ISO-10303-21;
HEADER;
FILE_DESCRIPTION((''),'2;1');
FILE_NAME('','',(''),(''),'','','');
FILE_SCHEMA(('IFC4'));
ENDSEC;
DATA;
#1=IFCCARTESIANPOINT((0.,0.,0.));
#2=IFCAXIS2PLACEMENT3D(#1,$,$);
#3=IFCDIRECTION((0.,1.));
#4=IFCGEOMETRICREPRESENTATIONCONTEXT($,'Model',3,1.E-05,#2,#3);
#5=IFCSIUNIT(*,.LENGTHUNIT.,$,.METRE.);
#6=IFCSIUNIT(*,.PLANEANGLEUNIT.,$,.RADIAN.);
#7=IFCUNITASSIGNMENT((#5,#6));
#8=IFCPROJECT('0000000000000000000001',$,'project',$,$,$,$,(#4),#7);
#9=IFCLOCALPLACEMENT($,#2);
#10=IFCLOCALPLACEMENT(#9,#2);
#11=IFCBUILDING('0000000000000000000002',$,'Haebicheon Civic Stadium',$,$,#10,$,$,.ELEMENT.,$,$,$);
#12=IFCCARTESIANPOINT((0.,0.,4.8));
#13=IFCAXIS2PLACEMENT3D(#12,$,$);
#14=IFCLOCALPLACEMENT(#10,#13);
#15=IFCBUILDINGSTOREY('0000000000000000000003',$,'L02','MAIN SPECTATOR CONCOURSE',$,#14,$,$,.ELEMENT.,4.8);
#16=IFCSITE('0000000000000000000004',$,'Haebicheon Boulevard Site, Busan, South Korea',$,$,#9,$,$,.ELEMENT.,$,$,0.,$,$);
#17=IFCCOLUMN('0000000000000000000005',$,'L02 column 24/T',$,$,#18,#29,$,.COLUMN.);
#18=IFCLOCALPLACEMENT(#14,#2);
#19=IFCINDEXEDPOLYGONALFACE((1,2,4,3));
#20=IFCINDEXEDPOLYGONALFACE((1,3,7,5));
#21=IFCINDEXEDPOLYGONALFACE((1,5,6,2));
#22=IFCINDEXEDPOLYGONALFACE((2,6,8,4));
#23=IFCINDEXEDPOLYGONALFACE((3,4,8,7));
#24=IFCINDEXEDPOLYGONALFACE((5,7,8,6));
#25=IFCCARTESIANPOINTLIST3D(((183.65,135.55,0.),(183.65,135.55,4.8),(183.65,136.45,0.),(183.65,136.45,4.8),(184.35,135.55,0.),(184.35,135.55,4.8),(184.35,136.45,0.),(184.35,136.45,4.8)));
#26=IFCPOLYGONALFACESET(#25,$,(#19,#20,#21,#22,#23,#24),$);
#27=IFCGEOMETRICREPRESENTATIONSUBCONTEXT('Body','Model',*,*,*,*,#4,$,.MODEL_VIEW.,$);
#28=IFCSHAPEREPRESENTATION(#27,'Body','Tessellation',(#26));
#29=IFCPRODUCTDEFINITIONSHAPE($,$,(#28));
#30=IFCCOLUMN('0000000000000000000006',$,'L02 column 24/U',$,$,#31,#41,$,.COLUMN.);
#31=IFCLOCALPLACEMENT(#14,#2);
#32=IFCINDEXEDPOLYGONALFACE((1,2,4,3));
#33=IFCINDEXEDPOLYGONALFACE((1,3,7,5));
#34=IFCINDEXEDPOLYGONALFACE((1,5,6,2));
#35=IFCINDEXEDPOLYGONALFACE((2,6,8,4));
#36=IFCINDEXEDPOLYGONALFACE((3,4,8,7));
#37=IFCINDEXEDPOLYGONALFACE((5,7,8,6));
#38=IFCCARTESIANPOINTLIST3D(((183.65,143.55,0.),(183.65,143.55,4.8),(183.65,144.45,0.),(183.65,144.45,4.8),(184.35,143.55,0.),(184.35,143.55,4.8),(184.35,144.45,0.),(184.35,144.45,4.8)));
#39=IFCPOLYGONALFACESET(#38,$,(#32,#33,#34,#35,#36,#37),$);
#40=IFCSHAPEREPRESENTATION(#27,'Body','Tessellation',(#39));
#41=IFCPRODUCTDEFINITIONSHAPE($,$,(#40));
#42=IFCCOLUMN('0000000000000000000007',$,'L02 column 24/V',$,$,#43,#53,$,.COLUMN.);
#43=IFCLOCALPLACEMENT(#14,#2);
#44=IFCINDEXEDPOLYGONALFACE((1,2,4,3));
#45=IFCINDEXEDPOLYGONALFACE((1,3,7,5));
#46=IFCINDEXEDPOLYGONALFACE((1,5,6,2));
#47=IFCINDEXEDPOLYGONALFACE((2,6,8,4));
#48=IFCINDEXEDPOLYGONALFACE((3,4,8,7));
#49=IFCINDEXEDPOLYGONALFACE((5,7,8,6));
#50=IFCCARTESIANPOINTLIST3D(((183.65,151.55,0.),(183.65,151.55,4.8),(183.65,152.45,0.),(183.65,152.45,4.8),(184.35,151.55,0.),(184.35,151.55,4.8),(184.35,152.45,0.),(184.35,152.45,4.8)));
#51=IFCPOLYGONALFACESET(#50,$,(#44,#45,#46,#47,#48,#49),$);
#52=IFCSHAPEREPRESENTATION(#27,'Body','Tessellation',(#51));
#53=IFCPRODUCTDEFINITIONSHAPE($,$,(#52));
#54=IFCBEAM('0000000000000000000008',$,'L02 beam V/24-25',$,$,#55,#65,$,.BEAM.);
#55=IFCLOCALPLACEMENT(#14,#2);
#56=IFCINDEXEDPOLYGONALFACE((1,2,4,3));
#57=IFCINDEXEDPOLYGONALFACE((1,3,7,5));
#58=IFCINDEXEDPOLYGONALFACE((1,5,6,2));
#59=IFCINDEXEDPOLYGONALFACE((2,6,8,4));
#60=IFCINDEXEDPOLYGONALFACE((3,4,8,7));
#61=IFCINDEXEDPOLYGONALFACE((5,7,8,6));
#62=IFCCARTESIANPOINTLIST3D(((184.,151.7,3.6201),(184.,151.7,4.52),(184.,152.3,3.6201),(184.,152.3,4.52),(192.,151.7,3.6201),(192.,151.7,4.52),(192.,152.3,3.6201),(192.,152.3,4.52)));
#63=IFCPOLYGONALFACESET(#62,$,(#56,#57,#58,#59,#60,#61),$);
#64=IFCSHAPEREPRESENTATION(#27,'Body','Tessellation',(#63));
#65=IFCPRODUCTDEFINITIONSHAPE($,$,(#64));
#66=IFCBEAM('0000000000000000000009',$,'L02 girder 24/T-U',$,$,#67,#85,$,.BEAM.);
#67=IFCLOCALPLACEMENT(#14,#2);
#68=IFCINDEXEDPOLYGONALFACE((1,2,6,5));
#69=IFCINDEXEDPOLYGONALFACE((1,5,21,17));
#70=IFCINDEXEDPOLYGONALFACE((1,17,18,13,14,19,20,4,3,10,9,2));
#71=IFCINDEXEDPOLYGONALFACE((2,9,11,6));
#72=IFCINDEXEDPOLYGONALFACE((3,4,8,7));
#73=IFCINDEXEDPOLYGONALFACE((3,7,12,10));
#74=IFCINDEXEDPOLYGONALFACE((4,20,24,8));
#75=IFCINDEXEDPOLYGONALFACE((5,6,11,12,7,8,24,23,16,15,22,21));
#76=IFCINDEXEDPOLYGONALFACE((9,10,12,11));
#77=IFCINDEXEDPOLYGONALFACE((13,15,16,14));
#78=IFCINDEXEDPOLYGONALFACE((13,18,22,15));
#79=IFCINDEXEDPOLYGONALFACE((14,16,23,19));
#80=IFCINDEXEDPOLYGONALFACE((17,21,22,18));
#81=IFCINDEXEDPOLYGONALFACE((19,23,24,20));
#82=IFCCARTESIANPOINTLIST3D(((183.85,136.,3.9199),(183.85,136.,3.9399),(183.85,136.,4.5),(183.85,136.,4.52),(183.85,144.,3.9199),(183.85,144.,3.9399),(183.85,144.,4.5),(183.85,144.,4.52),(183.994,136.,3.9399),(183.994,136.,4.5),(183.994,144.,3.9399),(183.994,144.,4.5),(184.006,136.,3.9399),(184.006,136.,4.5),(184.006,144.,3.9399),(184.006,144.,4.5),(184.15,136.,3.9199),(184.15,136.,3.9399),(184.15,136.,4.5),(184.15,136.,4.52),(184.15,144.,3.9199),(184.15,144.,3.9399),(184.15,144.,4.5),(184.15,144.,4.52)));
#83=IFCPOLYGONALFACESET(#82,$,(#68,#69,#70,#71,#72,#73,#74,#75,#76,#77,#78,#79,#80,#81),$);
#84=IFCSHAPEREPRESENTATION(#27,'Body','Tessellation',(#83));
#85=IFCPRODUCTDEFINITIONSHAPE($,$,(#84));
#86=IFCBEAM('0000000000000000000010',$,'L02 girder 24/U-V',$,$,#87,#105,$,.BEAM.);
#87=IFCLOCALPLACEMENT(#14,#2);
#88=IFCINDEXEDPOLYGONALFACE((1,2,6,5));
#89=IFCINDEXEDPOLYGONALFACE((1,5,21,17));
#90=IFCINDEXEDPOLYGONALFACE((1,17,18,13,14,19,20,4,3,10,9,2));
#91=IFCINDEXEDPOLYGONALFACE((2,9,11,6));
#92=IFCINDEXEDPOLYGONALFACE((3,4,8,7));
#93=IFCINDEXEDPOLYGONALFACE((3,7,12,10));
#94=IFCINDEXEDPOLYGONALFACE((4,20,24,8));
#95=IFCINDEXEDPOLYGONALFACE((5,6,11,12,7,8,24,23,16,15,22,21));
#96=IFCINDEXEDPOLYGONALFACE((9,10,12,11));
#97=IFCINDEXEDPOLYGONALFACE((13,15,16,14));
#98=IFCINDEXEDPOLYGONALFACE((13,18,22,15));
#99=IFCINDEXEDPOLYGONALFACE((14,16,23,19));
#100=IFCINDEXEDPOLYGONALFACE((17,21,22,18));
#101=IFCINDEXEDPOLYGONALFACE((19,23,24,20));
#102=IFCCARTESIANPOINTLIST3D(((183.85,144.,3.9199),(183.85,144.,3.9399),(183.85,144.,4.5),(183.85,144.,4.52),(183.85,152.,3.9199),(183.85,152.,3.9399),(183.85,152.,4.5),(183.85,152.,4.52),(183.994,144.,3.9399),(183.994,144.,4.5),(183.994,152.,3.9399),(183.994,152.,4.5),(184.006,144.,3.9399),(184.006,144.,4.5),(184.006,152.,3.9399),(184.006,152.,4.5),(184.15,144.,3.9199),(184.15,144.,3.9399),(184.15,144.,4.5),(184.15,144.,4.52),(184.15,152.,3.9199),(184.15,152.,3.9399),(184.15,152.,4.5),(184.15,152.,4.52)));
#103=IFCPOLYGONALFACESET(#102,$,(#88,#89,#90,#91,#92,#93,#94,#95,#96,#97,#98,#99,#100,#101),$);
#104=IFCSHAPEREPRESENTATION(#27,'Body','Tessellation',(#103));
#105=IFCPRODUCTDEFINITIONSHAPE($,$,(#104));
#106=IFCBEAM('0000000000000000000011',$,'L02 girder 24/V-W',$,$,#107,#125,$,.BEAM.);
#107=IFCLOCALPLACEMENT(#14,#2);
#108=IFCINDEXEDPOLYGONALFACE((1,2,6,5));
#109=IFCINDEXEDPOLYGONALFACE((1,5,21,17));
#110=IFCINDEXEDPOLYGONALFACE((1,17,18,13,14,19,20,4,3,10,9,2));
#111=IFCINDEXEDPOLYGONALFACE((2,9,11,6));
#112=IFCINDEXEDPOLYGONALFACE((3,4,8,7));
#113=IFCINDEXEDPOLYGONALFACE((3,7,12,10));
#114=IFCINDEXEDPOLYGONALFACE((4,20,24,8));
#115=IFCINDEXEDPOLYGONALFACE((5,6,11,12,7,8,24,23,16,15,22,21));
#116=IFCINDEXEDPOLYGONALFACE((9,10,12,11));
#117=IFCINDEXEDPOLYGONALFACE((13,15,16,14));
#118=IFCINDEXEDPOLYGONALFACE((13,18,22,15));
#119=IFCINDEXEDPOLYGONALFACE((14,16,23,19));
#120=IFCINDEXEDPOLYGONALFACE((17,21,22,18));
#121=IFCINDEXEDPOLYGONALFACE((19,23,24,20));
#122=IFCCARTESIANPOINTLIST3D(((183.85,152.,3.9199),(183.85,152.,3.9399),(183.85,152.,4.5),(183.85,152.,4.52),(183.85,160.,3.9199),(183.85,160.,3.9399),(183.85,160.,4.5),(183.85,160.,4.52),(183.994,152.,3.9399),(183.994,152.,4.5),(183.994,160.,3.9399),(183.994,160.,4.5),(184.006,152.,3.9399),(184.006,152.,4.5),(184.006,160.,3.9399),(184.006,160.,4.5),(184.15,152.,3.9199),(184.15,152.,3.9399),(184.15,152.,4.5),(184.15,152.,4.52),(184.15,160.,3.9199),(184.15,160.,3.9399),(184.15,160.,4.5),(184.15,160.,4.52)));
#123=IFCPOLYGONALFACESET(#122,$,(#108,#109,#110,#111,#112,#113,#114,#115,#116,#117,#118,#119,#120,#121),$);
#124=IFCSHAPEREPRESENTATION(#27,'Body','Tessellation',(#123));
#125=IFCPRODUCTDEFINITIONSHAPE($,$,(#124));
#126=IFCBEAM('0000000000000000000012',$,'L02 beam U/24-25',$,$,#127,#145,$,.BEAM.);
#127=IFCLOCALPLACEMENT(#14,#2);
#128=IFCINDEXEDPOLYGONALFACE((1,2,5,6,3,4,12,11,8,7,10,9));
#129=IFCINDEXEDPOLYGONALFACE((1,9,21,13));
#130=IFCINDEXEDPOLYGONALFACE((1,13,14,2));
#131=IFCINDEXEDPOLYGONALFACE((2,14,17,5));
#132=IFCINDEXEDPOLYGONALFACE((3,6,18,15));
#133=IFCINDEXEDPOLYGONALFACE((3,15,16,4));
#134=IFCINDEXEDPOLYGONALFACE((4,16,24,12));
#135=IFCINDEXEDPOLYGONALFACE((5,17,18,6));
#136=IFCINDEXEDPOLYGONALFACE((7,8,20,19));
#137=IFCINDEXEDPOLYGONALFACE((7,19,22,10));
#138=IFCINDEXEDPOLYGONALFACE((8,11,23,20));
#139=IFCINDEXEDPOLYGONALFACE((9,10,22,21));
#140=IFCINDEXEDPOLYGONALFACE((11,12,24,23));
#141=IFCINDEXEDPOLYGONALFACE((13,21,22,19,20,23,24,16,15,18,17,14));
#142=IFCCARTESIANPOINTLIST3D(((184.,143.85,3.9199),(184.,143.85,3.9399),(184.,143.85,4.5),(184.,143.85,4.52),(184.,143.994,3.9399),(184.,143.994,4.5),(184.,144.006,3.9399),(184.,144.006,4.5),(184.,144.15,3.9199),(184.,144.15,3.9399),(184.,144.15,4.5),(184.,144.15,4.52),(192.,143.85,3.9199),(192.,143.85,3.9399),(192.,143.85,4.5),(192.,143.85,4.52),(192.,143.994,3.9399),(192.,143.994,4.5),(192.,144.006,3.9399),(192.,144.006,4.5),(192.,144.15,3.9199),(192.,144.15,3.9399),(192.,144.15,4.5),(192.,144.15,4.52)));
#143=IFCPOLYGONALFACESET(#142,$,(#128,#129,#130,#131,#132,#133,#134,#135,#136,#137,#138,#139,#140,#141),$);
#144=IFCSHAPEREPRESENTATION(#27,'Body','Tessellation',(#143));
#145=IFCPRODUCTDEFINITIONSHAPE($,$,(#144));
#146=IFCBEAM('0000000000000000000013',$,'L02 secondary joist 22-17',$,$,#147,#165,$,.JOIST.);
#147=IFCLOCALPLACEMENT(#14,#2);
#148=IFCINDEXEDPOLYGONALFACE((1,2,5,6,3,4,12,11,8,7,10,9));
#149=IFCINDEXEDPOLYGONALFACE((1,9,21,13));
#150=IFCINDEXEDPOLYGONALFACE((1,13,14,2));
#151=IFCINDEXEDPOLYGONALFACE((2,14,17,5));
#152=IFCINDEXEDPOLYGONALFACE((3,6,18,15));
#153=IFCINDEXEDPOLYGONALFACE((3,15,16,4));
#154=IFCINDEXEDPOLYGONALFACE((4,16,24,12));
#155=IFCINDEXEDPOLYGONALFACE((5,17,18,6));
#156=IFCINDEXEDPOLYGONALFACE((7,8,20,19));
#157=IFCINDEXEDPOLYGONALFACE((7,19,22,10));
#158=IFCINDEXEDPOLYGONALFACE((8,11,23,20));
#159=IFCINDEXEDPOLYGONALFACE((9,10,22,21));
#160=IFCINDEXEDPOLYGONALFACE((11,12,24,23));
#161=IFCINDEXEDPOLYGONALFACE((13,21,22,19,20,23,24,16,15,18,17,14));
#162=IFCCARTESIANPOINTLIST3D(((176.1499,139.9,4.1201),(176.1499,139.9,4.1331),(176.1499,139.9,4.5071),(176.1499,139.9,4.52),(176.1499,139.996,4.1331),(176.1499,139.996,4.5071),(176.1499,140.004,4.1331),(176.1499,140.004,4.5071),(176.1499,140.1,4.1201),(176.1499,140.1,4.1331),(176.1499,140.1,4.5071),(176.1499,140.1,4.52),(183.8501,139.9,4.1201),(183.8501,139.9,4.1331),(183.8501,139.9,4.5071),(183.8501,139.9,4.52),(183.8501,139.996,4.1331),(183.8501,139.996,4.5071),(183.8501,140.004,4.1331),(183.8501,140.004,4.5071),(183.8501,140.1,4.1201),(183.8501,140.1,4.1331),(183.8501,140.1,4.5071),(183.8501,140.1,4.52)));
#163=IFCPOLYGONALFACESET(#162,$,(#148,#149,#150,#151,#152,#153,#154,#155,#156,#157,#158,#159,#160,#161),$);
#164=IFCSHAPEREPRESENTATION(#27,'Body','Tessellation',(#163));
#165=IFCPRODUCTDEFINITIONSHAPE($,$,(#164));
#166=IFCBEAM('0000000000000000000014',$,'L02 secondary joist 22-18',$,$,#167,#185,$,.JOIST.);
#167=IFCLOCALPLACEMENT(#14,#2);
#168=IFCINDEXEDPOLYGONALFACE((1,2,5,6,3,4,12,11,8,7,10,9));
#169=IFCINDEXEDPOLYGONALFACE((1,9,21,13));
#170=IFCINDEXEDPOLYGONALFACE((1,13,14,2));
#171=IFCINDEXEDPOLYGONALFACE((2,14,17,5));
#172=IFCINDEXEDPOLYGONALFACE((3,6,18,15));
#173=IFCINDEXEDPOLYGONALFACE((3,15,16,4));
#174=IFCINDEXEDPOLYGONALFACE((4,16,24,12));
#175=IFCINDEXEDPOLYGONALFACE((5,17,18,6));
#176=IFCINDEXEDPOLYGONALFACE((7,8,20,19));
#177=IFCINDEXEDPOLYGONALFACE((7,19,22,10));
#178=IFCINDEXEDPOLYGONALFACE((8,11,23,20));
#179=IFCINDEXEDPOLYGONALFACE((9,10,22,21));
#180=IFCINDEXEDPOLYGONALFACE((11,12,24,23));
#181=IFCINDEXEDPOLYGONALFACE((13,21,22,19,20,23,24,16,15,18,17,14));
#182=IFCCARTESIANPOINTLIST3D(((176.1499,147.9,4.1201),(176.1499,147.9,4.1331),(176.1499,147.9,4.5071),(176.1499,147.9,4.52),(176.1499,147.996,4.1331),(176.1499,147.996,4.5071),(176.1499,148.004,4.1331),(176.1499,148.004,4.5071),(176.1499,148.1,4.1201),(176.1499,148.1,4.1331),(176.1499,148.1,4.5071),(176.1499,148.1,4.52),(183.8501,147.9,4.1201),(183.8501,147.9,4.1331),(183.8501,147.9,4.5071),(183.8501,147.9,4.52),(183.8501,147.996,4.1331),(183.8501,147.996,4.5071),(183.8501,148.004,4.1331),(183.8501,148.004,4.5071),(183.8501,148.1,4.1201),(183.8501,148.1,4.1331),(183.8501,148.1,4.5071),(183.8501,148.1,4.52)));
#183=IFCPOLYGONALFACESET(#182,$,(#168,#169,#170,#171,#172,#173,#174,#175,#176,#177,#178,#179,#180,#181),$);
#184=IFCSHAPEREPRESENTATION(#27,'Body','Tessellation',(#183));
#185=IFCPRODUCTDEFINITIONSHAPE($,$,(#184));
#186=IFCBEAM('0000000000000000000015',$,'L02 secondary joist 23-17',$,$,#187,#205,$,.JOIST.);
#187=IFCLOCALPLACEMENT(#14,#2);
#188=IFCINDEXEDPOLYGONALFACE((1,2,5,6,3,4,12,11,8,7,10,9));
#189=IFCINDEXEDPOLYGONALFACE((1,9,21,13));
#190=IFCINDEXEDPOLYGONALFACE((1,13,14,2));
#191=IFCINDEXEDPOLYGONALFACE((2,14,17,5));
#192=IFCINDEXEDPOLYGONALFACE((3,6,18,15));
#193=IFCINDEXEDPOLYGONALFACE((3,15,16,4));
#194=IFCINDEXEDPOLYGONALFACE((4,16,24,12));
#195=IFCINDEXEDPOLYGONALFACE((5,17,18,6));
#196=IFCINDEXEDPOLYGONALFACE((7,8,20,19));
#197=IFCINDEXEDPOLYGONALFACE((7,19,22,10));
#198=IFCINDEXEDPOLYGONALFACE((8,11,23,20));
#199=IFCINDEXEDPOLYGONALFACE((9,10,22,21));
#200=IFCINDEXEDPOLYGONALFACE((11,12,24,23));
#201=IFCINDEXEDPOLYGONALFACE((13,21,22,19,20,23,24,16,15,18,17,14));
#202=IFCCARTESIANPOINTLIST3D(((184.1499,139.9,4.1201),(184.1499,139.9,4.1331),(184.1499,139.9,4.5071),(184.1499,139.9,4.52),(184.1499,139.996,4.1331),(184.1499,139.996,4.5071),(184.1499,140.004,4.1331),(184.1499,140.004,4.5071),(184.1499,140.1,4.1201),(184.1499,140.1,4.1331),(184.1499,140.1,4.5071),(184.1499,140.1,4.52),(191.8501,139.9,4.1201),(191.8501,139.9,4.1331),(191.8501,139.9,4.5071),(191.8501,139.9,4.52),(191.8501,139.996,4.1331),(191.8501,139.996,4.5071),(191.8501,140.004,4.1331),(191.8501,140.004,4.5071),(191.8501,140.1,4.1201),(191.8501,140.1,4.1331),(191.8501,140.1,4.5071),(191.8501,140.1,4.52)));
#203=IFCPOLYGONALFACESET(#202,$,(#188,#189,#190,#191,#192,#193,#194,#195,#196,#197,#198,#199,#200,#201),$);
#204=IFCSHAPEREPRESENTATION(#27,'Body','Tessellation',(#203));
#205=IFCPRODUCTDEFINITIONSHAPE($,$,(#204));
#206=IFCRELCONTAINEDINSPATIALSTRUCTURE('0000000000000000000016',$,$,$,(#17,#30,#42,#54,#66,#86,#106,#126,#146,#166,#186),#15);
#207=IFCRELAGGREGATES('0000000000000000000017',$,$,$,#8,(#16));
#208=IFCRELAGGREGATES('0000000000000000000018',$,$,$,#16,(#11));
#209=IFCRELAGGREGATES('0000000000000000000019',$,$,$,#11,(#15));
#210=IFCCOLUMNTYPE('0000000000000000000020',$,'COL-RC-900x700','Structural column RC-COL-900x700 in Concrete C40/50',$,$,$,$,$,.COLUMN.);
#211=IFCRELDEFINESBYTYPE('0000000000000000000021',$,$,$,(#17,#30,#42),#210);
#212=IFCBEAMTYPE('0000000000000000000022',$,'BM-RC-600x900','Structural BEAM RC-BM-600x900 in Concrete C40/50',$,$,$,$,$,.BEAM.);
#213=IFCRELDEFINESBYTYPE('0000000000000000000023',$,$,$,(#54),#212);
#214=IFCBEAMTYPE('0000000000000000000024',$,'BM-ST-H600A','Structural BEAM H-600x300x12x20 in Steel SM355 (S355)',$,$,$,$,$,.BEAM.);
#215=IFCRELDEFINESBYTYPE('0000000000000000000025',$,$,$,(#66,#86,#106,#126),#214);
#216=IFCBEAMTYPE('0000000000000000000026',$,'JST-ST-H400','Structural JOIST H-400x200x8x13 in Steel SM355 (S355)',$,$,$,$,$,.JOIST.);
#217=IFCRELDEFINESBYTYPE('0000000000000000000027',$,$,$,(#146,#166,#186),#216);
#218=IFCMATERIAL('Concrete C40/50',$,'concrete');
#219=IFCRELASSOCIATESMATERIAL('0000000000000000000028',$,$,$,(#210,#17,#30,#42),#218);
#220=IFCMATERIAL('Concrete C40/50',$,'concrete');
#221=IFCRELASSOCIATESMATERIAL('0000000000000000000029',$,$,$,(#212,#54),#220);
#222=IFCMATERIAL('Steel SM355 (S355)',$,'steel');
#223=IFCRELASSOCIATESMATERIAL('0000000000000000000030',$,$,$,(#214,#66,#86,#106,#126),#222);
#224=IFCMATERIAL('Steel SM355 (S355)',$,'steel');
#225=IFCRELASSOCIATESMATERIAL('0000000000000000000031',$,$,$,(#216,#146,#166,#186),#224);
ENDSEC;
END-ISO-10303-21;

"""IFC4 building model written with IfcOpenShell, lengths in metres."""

from ifc_helpers import new_model, si_unit, direction, frame, origin, origin_2d, place, context, subcontext, project, spatial, rectangle, i_section, extrude, material, material_profile, profile_set, type_object, element, save


model = new_model("IFC4")

# Units and contexts
model_context = context("Model", 3, precision=1e-05, world=origin(), true_north=direction((0.0, 1.0)))
body_context = subcontext(model_context, "Body", "Model", "MODEL_VIEW")
ifc_project = project(units=[si_unit("LENGTHUNIT", "METRE"), si_unit("PLANEANGLEUNIT", "RADIAN")], contexts=[model_context])

# Site, building, storey
site_placement = place(None, origin())
site = spatial("IfcSite", under=ifc_project, at=site_placement, Name="Haebicheon Boulevard Site, Busan, South Korea", CompositionType="ELEMENT", RefElevation=0.0)
building_placement = place(site_placement, origin())
building = spatial("IfcBuilding", under=site, at=building_placement, Name="Haebicheon Civic Stadium", CompositionType="ELEMENT")
storey_placement = place(building_placement, frame((0.0, 0.0, 4.8)))
storey = spatial("IfcBuildingStorey", under=building, at=storey_placement, Name="L02", Description="MAIN SPECTATOR CONCOURSE", CompositionType="ELEMENT", Elevation=4.8)

# Columns
ifc_material_1 = material(Name="Concrete C40/50", Category="concrete")
ifc_material_profile_1 = material_profile(ifc_material_1, rectangle(XDim=0.7, YDim=0.8999, at=origin_2d()), Name="RC-COL-900x700")
ifc_profile_set_1 = profile_set([ifc_material_profile_1], Name="Concrete C40/50")
column_type = type_object("IfcColumnType", Name="COL-RC-900x700", Description="Structural column RC-COL-900x700 in Concrete C40/50", PredefinedType="COLUMN", material=ifc_profile_set_1)
for number, where, z_axis, x_axis, name in (
    (1, (184.0, 136.0, 0.0), (0.0, 0.0, 1.0), (1.0, 0.0, 0.0), "L02 column 24/T"),
    (2, (184.0, 144.0, 0.0), (0.0, 0.0, 1.0), (1.0, 0.0, 0.0), "L02 column 24/U"),
    (3, (184.0, 152.0, 0.0), (0.0, 0.0, 1.0), (1.0, 0.0, 0.0), "L02 column 24/V"),
):
    element("IfcColumn", number, at=place(storey_placement, frame(where, z_axis=z_axis, x_axis=x_axis)), inside=storey, type_object=column_type, material=ifc_profile_set_1, Name=name, PredefinedType="COLUMN", context=body_context, shape_type="SweptSolid", body=[
        extrude(rectangle(XDim=0.7, YDim=0.8999, at=origin_2d()), origin(), (0.0, 0.0, 1.0), 4.8),
    ])

# Beams
ifc_material_2 = material(Name="Concrete C40/50", Category="concrete")
ifc_material_profile_2 = material_profile(ifc_material_2, rectangle(XDim=0.6001, YDim=0.8999, at=origin_2d()), Name="RC-BM-600x900")
ifc_profile_set_2 = profile_set([ifc_material_profile_2], Name="Concrete C40/50")
beam_type_1 = type_object("IfcBeamType", Name="BM-RC-600x900", Description="Structural BEAM RC-BM-600x900 in Concrete C40/50", PredefinedType="BEAM", material=ifc_profile_set_2)
beam_1_placement = place(storey_placement, frame((184.0, 152.0, 4.0701), z_axis=(1.0, 0.0, 0.0), x_axis=(0.0, 1.0, 0.0)))
element("IfcBeam", 4, at=beam_1_placement, inside=storey, type_object=beam_type_1, material=ifc_profile_set_2, Name="L02 beam V/24-25", PredefinedType="BEAM", context=body_context, shape_type="SweptSolid", body=[
    extrude(rectangle(XDim=0.6001, YDim=0.8999, at=origin_2d()), origin(), (0.0, 0.0, 1.0), 8.0),
])
ifc_material_3 = material(Name="Steel SM355 (S355)", Category="steel")
ifc_material_profile_3 = material_profile(ifc_material_3, i_section(OverallWidth=0.3, OverallDepth=0.6001, WebThickness=0.012, FlangeThickness=0.02, at=origin_2d()), Name="H-600x300x12x20")
ifc_profile_set_3 = profile_set([ifc_material_profile_3], Name="Steel SM355 (S355)")
beam_type_2 = type_object("IfcBeamType", Name="BM-ST-H600A", Description="Structural BEAM H-600x300x12x20 in Steel SM355 (S355)", PredefinedType="BEAM", material=ifc_profile_set_3)
for number, where, z_axis, x_axis, name in (
    (5, (184.0, 136.0, 4.22), (0.0, 1.0, 0.0), (-1.0, 0.0, 0.0), "L02 girder 24/T-U"),
    (6, (184.0, 144.0, 4.22), (0.0, 1.0, 0.0), (-1.0, 0.0, 0.0), "L02 girder 24/U-V"),
    (7, (184.0, 152.0, 4.22), (0.0, 1.0, 0.0), (-1.0, 0.0, 0.0), "L02 girder 24/V-W"),
    (8, (184.0, 144.0, 4.22), (1.0, 0.0, 0.0), (0.0, 1.0, 0.0), "L02 beam U/24-25"),
):
    element("IfcBeam", number, at=place(storey_placement, frame(where, z_axis=z_axis, x_axis=x_axis)), inside=storey, type_object=beam_type_2, material=ifc_profile_set_3, Name=name, PredefinedType="BEAM", context=body_context, shape_type="SweptSolid", body=[
        extrude(i_section(OverallWidth=0.3, OverallDepth=0.6001, WebThickness=0.012, FlangeThickness=0.02, at=origin_2d()), origin(), (0.0, 0.0, 1.0), 8.0),
    ])
ifc_material_4 = material(Name="Steel SM355 (S355)", Category="steel")
ifc_material_profile_4 = material_profile(ifc_material_4, i_section(OverallWidth=0.2, OverallDepth=0.3999, WebThickness=0.0081, FlangeThickness=0.0129, at=origin_2d()), Name="H-400x200x8x13")
ifc_profile_set_4 = profile_set([ifc_material_profile_4], Name="Steel SM355 (S355)")
beam_type_3 = type_object("IfcBeamType", Name="JST-ST-H400", Description="Structural JOIST H-400x200x8x13 in Steel SM355 (S355)", PredefinedType="JOIST", material=ifc_profile_set_4)
for number, where, z_axis, x_axis, name in (
    (9, (176.1499, 140.0, 4.3201), (1.0, 0.0, 0.0), (0.0, 1.0, 0.0), "L02 secondary joist 22-17"),
    (10, (176.1499, 148.0, 4.3201), (1.0, 0.0, 0.0), (0.0, 1.0, 0.0), "L02 secondary joist 22-18"),
    (11, (184.1499, 140.0, 4.3201), (1.0, 0.0, 0.0), (0.0, 1.0, 0.0), "L02 secondary joist 23-17"),
):
    element("IfcBeam", number, at=place(storey_placement, frame(where, z_axis=z_axis, x_axis=x_axis)), inside=storey, type_object=beam_type_3, material=ifc_profile_set_4, Name=name, PredefinedType="JOIST", context=body_context, shape_type="SweptSolid", body=[
        extrude(i_section(OverallWidth=0.2, OverallDepth=0.3999, WebThickness=0.0081, FlangeThickness=0.0129, at=origin_2d()), origin(), (0.0, 0.0, 1.0), 7.7002),
    ])

save(model, "model.ifc")
